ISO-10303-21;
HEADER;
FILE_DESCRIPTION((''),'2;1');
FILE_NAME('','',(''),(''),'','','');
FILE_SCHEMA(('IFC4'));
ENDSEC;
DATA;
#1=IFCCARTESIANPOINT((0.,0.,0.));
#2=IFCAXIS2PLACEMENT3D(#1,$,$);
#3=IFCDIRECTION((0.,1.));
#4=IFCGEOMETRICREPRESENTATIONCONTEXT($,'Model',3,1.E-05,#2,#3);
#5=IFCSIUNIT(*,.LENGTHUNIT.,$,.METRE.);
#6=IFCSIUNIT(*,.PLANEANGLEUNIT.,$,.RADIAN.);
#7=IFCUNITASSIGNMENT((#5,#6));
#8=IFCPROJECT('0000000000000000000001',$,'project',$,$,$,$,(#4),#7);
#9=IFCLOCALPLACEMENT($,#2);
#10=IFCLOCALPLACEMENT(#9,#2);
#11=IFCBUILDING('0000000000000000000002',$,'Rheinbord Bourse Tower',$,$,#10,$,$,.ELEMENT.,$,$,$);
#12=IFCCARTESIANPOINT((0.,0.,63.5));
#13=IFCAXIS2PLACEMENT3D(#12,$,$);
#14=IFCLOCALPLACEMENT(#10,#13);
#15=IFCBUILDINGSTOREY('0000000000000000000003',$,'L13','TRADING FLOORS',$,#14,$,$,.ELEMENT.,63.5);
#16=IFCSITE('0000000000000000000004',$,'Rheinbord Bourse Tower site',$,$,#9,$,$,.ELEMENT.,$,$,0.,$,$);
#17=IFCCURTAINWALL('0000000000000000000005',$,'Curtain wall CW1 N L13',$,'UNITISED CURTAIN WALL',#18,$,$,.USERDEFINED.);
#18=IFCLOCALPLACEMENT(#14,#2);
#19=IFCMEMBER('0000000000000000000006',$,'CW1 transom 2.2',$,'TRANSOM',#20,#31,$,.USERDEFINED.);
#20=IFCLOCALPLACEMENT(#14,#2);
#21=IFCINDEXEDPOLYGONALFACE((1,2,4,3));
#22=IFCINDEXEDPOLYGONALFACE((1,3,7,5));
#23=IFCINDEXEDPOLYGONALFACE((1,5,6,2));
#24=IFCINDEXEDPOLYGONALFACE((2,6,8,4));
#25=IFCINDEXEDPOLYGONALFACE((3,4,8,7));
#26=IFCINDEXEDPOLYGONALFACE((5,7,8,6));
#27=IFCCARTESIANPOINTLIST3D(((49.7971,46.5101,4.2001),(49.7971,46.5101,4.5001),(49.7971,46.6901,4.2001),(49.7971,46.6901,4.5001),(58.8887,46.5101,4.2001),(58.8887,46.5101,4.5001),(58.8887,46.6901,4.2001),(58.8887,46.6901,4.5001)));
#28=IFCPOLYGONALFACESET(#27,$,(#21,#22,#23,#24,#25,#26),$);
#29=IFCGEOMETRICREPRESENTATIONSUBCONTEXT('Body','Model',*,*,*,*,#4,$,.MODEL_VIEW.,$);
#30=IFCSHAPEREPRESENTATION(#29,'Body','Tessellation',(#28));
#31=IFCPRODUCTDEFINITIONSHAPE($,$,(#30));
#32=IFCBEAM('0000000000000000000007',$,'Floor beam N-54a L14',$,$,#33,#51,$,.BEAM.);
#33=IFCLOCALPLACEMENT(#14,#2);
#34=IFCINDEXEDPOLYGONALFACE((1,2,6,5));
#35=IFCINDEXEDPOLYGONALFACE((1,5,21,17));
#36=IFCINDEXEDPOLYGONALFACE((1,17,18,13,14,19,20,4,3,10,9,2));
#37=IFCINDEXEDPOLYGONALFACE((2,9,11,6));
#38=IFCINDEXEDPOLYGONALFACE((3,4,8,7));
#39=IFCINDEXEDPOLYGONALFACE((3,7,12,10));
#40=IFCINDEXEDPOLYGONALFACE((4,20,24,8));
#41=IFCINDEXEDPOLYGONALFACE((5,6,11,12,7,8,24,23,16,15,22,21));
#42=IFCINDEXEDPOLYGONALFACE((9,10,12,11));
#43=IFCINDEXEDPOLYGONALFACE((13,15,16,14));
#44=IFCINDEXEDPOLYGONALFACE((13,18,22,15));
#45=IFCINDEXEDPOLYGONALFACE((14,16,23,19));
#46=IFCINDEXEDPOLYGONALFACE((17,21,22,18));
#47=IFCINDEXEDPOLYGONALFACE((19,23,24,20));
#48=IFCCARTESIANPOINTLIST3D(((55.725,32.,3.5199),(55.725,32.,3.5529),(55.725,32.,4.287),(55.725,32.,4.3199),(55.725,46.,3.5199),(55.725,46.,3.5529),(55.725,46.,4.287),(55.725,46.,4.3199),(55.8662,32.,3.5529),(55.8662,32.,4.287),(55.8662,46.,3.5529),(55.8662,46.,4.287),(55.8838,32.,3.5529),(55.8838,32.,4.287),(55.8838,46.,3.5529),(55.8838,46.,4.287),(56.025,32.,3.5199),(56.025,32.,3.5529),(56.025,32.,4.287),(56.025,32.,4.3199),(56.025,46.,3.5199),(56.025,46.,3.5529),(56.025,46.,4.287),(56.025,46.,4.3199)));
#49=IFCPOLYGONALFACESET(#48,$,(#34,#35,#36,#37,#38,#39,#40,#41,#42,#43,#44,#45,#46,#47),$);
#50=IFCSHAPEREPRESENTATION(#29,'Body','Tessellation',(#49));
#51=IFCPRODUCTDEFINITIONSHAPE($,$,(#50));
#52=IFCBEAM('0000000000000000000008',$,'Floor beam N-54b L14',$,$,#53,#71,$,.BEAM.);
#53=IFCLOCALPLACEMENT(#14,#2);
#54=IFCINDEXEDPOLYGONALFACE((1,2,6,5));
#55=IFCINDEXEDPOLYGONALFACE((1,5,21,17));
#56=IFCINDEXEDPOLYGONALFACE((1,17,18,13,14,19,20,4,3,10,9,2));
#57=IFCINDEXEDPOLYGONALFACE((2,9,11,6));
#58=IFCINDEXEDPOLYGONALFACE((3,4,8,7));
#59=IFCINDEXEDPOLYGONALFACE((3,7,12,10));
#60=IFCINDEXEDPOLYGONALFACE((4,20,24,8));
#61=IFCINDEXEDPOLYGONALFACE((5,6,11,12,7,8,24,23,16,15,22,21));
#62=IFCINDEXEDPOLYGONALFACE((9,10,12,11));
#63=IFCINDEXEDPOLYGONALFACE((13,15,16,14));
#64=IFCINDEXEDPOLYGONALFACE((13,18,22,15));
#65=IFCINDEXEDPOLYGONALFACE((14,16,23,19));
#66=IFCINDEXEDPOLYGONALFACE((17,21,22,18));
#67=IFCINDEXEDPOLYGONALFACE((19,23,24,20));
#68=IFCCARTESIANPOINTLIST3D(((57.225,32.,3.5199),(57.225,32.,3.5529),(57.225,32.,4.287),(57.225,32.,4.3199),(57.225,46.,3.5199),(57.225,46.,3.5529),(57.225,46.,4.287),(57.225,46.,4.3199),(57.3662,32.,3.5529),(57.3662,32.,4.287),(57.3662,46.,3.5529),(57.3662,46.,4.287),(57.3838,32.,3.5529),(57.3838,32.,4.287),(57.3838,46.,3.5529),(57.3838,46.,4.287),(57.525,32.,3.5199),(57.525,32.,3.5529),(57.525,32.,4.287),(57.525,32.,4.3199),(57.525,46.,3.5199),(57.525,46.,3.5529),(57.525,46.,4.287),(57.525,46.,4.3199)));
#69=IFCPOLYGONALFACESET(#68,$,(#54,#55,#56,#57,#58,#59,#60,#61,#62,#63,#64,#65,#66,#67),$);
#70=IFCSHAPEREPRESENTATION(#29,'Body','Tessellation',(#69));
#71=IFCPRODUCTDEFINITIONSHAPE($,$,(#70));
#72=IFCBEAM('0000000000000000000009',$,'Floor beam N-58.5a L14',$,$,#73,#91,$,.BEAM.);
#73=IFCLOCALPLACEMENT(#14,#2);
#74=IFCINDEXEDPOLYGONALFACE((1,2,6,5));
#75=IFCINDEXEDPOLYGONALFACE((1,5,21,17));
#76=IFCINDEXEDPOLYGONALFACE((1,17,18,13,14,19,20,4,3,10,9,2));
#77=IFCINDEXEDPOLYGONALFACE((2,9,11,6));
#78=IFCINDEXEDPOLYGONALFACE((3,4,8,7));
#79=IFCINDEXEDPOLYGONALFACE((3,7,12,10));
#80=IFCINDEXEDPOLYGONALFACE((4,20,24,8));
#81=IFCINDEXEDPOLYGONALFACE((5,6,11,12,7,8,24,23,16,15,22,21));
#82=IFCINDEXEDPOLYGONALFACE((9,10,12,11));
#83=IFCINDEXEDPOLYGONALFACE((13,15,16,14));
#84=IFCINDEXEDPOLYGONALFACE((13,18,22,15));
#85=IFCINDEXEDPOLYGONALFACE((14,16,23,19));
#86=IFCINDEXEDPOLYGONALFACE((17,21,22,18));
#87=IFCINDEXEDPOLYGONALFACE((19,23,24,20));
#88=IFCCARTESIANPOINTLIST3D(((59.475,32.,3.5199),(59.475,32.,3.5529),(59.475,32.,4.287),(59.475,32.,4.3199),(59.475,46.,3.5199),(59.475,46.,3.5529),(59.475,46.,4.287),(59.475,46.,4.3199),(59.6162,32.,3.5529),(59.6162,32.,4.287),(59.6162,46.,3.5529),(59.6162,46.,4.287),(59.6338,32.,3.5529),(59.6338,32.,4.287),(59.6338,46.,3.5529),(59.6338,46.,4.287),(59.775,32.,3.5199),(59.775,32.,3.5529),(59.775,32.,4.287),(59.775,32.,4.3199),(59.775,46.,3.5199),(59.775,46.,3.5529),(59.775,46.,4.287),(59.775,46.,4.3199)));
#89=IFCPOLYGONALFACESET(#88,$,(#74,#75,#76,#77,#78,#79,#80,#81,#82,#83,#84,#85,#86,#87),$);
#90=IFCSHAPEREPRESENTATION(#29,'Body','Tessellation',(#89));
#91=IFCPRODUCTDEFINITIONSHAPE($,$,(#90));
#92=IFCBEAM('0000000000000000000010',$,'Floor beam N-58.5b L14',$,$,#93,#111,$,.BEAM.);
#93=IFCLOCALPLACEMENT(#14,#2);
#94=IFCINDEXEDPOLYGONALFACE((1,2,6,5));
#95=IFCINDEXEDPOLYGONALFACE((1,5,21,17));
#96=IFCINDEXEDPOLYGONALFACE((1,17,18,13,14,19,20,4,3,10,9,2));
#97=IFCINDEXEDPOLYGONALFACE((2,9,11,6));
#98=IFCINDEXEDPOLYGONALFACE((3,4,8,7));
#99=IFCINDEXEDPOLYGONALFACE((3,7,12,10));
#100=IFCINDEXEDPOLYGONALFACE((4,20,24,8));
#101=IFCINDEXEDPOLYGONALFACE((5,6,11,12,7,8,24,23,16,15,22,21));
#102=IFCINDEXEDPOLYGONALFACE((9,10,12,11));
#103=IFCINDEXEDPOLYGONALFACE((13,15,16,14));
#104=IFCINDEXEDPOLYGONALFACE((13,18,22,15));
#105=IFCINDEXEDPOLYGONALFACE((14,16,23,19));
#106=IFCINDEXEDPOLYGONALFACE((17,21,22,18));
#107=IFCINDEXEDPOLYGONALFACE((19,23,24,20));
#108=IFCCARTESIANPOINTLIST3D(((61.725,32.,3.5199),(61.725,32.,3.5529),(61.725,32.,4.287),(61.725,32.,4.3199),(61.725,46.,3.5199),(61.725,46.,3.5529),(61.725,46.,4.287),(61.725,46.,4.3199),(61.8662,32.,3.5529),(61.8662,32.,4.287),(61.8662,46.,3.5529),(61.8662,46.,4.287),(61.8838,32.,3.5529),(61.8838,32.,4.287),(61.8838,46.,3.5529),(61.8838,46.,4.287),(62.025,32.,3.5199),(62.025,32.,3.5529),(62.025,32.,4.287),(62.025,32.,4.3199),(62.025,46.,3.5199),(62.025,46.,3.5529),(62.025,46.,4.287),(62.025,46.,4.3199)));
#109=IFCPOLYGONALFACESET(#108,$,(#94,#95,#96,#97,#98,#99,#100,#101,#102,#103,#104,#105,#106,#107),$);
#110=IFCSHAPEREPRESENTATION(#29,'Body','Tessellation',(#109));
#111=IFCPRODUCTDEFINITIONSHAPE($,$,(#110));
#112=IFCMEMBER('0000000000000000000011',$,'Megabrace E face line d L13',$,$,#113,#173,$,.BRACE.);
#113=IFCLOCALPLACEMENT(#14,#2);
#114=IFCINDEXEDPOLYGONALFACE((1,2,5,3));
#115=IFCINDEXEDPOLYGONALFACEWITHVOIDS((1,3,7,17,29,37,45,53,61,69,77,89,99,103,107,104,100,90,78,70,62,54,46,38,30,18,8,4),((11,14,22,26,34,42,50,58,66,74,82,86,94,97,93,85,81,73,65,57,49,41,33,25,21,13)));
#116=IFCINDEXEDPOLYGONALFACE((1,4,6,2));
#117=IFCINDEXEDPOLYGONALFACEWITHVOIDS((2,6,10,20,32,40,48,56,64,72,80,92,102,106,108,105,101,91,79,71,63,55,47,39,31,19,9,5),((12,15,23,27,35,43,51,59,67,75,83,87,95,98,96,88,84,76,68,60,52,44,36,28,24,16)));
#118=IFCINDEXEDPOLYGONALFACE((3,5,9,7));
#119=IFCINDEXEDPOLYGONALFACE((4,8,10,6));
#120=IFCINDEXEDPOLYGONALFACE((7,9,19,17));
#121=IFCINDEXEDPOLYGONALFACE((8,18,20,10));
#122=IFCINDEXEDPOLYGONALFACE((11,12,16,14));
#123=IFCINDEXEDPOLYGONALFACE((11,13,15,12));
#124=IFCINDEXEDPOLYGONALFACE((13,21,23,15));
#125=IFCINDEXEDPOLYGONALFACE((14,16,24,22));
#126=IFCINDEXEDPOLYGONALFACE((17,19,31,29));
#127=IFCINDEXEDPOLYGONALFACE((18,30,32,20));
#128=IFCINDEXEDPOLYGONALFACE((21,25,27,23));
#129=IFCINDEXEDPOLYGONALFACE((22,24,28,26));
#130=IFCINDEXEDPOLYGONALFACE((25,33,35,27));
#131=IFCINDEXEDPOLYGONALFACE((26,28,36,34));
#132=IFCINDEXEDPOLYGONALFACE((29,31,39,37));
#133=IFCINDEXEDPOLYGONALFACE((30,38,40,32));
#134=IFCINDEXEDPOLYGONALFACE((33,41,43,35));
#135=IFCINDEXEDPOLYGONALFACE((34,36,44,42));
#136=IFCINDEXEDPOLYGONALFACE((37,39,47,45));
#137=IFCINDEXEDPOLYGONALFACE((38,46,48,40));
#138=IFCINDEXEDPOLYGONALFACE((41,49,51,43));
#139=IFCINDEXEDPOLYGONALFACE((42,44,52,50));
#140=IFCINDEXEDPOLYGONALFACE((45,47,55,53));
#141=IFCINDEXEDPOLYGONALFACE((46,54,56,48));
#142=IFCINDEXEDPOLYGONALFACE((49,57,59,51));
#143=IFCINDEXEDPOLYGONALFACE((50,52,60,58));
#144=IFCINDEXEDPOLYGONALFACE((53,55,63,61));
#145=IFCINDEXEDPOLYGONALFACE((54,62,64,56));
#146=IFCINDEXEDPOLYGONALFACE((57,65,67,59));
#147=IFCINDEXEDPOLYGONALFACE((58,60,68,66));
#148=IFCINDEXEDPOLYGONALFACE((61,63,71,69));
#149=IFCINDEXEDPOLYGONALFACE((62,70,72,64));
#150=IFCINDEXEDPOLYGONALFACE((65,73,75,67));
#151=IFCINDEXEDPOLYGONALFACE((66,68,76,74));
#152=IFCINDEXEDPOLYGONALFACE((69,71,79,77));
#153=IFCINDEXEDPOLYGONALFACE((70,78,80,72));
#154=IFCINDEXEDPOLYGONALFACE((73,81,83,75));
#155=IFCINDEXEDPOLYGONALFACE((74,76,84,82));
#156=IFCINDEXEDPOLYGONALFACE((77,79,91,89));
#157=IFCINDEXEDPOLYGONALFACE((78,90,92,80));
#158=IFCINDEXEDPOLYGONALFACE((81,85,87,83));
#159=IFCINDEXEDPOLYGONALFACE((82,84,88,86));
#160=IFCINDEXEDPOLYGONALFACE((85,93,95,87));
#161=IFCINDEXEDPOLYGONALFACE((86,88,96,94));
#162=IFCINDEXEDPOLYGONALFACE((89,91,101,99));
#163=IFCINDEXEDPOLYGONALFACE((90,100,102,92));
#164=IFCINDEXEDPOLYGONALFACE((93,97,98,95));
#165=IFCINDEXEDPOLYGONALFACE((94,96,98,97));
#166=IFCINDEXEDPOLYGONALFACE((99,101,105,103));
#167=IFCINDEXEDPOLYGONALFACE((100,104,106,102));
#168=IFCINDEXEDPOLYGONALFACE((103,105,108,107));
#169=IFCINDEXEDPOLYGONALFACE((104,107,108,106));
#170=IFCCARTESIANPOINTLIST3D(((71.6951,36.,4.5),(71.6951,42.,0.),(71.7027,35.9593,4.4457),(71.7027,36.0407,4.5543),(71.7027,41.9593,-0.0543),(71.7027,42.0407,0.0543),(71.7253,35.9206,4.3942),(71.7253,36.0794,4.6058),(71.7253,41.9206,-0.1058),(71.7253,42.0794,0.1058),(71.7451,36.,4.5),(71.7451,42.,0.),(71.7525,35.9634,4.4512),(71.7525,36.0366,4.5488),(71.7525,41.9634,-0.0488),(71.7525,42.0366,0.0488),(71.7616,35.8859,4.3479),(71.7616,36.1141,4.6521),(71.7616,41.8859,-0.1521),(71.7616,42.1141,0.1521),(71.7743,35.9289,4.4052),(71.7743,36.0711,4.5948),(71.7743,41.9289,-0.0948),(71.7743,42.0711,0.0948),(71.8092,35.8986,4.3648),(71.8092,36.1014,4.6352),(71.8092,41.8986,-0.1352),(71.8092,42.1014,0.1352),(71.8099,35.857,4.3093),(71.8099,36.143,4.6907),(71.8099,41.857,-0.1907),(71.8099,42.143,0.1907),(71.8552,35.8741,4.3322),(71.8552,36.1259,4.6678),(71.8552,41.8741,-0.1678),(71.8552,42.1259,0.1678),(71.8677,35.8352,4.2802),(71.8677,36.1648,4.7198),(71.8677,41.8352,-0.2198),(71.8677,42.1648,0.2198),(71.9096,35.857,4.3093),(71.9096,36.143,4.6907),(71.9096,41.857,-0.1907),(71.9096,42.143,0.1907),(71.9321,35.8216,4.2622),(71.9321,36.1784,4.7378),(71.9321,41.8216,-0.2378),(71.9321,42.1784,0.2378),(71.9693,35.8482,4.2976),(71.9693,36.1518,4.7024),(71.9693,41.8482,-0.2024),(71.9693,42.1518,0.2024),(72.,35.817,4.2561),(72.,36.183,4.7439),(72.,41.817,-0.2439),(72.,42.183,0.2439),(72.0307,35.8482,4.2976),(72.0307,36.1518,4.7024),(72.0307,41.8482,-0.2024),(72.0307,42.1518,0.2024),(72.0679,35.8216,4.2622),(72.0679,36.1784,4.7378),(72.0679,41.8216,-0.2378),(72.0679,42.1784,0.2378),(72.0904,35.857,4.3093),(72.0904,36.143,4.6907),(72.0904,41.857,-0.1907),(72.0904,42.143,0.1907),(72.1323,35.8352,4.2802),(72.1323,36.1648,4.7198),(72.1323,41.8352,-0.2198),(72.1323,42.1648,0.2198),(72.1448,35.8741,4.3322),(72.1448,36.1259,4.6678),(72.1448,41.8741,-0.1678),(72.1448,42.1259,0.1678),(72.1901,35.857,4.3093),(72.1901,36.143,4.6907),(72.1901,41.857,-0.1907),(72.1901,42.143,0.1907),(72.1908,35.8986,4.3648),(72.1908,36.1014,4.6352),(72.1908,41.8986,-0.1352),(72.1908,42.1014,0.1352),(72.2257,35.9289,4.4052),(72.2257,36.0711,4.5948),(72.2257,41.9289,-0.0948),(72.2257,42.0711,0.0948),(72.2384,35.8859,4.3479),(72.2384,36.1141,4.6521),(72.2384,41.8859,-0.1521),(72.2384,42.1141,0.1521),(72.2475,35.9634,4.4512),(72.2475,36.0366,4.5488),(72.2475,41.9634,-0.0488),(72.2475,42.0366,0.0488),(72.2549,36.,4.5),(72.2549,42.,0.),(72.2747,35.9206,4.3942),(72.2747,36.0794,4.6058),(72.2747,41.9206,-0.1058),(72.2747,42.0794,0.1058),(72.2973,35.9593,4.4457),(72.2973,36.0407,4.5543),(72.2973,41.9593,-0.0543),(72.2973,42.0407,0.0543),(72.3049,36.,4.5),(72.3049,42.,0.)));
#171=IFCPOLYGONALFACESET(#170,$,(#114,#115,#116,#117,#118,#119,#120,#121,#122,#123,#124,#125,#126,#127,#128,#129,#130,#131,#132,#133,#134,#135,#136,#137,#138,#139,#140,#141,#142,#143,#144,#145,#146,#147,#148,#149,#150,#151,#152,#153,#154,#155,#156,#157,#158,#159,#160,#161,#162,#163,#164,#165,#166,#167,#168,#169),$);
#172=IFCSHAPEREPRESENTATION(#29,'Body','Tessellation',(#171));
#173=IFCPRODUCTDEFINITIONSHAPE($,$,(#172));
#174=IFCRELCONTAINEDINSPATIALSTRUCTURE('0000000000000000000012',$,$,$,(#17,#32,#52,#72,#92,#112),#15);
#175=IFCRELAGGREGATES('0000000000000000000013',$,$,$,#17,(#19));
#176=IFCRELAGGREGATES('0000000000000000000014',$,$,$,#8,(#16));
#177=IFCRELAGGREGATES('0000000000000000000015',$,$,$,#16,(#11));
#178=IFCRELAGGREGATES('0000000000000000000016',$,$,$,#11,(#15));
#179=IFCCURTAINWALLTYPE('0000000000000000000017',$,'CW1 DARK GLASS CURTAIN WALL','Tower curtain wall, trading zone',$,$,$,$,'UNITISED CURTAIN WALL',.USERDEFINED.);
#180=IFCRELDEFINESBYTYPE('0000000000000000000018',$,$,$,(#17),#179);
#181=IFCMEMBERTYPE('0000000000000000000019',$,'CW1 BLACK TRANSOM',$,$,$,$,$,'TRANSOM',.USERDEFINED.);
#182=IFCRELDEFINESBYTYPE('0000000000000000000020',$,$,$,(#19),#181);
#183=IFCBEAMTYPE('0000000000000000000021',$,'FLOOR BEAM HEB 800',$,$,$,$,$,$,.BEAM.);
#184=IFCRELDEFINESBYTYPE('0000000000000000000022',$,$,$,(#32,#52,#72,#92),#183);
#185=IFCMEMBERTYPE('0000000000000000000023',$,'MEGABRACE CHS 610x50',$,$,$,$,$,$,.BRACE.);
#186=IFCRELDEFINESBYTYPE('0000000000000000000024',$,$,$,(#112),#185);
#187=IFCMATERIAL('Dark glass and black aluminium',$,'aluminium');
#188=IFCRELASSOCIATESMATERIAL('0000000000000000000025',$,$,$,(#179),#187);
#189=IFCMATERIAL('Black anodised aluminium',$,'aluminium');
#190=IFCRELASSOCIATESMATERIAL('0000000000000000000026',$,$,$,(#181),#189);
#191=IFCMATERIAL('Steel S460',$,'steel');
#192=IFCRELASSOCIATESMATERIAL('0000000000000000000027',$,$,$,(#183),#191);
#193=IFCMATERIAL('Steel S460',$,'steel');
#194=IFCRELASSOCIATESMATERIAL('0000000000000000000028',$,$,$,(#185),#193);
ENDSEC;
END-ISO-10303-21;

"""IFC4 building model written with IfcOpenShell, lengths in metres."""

from ifc_helpers import new_model, si_unit, direction, frame, origin, origin_2d, place, context, subcontext, project, spatial, rectangle, hollow_circle, i_section, extrude, material, material_profile, profile_set, type_object, element, aggregate, save


model = new_model("IFC4")

# Units and contexts
model_context = context("Model", 3, precision=1e-05, world=origin(), true_north=direction((0.0, 1.0)))
body_context = subcontext(model_context, "Body", "Model", "MODEL_VIEW")
ifc_project = project(units=[si_unit("LENGTHUNIT", "METRE"), si_unit("PLANEANGLEUNIT", "RADIAN")], contexts=[model_context])

# Site, building, storey
site_placement = place(None, origin())
site = spatial("IfcSite", under=ifc_project, at=site_placement, Name="Rheinbord Bourse Tower site", CompositionType="ELEMENT", RefElevation=0.0)
building_placement = place(site_placement, origin())
building = spatial("IfcBuilding", under=site, at=building_placement, Name="Rheinbord Bourse Tower", CompositionType="ELEMENT")
storey_placement = place(building_placement, frame((0.0, 0.0, 63.5)))
storey = spatial("IfcBuildingStorey", under=building, at=storey_placement, Name="L13", Description="TRADING FLOORS", CompositionType="ELEMENT", Elevation=63.5)

# Curtain wall
ifc_material_1 = material(Name="Dark glass and black aluminium", Category="aluminium")
curtain_wall_type = type_object("IfcCurtainWallType", Name="CW1 DARK GLASS CURTAIN WALL", Description="Tower curtain wall, trading zone", ElementType="UNITISED CURTAIN WALL", PredefinedType="USERDEFINED", material=ifc_material_1)
curtain_wall_1_placement = place(storey_placement, origin())
curtain_wall_1 = element("IfcCurtainWall", 1, at=curtain_wall_1_placement, inside=storey, type_object=curtain_wall_type, Name="Curtain wall CW1 N L13", ObjectType="UNITISED CURTAIN WALL", PredefinedType="USERDEFINED")

# Member
ifc_material_2 = material(Name="Black anodised aluminium", Category="aluminium")
ifc_material_profile_1 = material_profile(ifc_material_2, rectangle(XDim=0.1799, YDim=0.3, at=origin_2d()), Name="CW1 TRANSOM 300x180")
ifc_profile_set_1 = profile_set([ifc_material_profile_1], Name="Black anodised aluminium")
member_type_1 = type_object("IfcMemberType", Name="CW1 BLACK TRANSOM", ElementType="TRANSOM", PredefinedType="USERDEFINED", material=ifc_profile_set_1)
member_1_placement = place(storey_placement, frame((58.8887, 46.6001, 4.3501), z_axis=(-1.0, 0.0, 0.0), x_axis=(0.0, -1.0, 0.0)))
member_1 = element("IfcMember", 2, at=member_1_placement, type_object=member_type_1, Name="CW1 transom 2.2", ObjectType="TRANSOM", PredefinedType="USERDEFINED", context=body_context, shape_type="SweptSolid", body=[
    extrude(rectangle(XDim=0.1799, YDim=0.3, at=origin_2d()), origin(), (0.0, 0.0, 1.0), 9.0916),
])

# Beams
ifc_material_3 = material(Name="Steel S460", Category="steel")
ifc_material_profile_2 = material_profile(ifc_material_3, i_section(OverallWidth=0.3, OverallDepth=0.8, WebThickness=0.0176, FlangeThickness=0.033, at=origin_2d()), Name="HEB 800")
ifc_profile_set_2 = profile_set([ifc_material_profile_2], Name="Steel S460")
beam_type_1 = type_object("IfcBeamType", Name="FLOOR BEAM HEB 800", PredefinedType="BEAM", material=ifc_profile_set_2)
for number, where, z_axis, x_axis, name in (
    (3, (55.875, 46.0, 3.9199), (0.0, -1.0, 0.0), (1.0, 0.0, 0.0), "Floor beam N-54a L14"),
    (4, (57.375, 46.0, 3.9199), (0.0, -1.0, 0.0), (1.0, 0.0, 0.0), "Floor beam N-54b L14"),
    (5, (59.625, 46.0, 3.9199), (0.0, -1.0, 0.0), (1.0, 0.0, 0.0), "Floor beam N-58.5a L14"),
    (6, (61.875, 46.0, 3.9199), (0.0, -1.0, 0.0), (1.0, 0.0, 0.0), "Floor beam N-58.5b L14"),
):
    element("IfcBeam", number, at=place(storey_placement, frame(where, z_axis=z_axis, x_axis=x_axis)), inside=storey, type_object=beam_type_1, Name=name, PredefinedType="BEAM", context=body_context, shape_type="SweptSolid", body=[
        extrude(i_section(OverallWidth=0.3, OverallDepth=0.8, WebThickness=0.0176, FlangeThickness=0.033, at=origin_2d()), origin(), (0.0, 0.0, 1.0), 14.0),
    ])

# Member
ifc_material_4 = material(Name="Steel S460", Category="steel")
ifc_material_profile_3 = material_profile(ifc_material_4, hollow_circle(Radius=0.3049, WallThickness=0.05, at=origin_2d()), Name="CHS 610x50")
ifc_profile_set_3 = profile_set([ifc_material_profile_3], Name="Steel S460")
member_type_2 = type_object("IfcMemberType", Name="MEGABRACE CHS 610x50", PredefinedType="BRACE", material=ifc_profile_set_3)
member_2_placement = place(storey_placement, frame((72.0, 42.0, 0.0), z_axis=(0.0, -0.8, 0.6), x_axis=(1.0, 0.0, 0.0)))
element("IfcMember", 7, at=member_2_placement, inside=storey, type_object=member_type_2, Name="Megabrace E face line d L13", PredefinedType="BRACE", context=body_context, shape_type="SweptSolid", body=[
    extrude(hollow_circle(Radius=0.3049, WallThickness=0.05, at=origin_2d()), origin(), (0.0, 0.0, 1.0), 7.5),
])

aggregate(curtain_wall_1, [member_1])

save(model, "model.ifc")
